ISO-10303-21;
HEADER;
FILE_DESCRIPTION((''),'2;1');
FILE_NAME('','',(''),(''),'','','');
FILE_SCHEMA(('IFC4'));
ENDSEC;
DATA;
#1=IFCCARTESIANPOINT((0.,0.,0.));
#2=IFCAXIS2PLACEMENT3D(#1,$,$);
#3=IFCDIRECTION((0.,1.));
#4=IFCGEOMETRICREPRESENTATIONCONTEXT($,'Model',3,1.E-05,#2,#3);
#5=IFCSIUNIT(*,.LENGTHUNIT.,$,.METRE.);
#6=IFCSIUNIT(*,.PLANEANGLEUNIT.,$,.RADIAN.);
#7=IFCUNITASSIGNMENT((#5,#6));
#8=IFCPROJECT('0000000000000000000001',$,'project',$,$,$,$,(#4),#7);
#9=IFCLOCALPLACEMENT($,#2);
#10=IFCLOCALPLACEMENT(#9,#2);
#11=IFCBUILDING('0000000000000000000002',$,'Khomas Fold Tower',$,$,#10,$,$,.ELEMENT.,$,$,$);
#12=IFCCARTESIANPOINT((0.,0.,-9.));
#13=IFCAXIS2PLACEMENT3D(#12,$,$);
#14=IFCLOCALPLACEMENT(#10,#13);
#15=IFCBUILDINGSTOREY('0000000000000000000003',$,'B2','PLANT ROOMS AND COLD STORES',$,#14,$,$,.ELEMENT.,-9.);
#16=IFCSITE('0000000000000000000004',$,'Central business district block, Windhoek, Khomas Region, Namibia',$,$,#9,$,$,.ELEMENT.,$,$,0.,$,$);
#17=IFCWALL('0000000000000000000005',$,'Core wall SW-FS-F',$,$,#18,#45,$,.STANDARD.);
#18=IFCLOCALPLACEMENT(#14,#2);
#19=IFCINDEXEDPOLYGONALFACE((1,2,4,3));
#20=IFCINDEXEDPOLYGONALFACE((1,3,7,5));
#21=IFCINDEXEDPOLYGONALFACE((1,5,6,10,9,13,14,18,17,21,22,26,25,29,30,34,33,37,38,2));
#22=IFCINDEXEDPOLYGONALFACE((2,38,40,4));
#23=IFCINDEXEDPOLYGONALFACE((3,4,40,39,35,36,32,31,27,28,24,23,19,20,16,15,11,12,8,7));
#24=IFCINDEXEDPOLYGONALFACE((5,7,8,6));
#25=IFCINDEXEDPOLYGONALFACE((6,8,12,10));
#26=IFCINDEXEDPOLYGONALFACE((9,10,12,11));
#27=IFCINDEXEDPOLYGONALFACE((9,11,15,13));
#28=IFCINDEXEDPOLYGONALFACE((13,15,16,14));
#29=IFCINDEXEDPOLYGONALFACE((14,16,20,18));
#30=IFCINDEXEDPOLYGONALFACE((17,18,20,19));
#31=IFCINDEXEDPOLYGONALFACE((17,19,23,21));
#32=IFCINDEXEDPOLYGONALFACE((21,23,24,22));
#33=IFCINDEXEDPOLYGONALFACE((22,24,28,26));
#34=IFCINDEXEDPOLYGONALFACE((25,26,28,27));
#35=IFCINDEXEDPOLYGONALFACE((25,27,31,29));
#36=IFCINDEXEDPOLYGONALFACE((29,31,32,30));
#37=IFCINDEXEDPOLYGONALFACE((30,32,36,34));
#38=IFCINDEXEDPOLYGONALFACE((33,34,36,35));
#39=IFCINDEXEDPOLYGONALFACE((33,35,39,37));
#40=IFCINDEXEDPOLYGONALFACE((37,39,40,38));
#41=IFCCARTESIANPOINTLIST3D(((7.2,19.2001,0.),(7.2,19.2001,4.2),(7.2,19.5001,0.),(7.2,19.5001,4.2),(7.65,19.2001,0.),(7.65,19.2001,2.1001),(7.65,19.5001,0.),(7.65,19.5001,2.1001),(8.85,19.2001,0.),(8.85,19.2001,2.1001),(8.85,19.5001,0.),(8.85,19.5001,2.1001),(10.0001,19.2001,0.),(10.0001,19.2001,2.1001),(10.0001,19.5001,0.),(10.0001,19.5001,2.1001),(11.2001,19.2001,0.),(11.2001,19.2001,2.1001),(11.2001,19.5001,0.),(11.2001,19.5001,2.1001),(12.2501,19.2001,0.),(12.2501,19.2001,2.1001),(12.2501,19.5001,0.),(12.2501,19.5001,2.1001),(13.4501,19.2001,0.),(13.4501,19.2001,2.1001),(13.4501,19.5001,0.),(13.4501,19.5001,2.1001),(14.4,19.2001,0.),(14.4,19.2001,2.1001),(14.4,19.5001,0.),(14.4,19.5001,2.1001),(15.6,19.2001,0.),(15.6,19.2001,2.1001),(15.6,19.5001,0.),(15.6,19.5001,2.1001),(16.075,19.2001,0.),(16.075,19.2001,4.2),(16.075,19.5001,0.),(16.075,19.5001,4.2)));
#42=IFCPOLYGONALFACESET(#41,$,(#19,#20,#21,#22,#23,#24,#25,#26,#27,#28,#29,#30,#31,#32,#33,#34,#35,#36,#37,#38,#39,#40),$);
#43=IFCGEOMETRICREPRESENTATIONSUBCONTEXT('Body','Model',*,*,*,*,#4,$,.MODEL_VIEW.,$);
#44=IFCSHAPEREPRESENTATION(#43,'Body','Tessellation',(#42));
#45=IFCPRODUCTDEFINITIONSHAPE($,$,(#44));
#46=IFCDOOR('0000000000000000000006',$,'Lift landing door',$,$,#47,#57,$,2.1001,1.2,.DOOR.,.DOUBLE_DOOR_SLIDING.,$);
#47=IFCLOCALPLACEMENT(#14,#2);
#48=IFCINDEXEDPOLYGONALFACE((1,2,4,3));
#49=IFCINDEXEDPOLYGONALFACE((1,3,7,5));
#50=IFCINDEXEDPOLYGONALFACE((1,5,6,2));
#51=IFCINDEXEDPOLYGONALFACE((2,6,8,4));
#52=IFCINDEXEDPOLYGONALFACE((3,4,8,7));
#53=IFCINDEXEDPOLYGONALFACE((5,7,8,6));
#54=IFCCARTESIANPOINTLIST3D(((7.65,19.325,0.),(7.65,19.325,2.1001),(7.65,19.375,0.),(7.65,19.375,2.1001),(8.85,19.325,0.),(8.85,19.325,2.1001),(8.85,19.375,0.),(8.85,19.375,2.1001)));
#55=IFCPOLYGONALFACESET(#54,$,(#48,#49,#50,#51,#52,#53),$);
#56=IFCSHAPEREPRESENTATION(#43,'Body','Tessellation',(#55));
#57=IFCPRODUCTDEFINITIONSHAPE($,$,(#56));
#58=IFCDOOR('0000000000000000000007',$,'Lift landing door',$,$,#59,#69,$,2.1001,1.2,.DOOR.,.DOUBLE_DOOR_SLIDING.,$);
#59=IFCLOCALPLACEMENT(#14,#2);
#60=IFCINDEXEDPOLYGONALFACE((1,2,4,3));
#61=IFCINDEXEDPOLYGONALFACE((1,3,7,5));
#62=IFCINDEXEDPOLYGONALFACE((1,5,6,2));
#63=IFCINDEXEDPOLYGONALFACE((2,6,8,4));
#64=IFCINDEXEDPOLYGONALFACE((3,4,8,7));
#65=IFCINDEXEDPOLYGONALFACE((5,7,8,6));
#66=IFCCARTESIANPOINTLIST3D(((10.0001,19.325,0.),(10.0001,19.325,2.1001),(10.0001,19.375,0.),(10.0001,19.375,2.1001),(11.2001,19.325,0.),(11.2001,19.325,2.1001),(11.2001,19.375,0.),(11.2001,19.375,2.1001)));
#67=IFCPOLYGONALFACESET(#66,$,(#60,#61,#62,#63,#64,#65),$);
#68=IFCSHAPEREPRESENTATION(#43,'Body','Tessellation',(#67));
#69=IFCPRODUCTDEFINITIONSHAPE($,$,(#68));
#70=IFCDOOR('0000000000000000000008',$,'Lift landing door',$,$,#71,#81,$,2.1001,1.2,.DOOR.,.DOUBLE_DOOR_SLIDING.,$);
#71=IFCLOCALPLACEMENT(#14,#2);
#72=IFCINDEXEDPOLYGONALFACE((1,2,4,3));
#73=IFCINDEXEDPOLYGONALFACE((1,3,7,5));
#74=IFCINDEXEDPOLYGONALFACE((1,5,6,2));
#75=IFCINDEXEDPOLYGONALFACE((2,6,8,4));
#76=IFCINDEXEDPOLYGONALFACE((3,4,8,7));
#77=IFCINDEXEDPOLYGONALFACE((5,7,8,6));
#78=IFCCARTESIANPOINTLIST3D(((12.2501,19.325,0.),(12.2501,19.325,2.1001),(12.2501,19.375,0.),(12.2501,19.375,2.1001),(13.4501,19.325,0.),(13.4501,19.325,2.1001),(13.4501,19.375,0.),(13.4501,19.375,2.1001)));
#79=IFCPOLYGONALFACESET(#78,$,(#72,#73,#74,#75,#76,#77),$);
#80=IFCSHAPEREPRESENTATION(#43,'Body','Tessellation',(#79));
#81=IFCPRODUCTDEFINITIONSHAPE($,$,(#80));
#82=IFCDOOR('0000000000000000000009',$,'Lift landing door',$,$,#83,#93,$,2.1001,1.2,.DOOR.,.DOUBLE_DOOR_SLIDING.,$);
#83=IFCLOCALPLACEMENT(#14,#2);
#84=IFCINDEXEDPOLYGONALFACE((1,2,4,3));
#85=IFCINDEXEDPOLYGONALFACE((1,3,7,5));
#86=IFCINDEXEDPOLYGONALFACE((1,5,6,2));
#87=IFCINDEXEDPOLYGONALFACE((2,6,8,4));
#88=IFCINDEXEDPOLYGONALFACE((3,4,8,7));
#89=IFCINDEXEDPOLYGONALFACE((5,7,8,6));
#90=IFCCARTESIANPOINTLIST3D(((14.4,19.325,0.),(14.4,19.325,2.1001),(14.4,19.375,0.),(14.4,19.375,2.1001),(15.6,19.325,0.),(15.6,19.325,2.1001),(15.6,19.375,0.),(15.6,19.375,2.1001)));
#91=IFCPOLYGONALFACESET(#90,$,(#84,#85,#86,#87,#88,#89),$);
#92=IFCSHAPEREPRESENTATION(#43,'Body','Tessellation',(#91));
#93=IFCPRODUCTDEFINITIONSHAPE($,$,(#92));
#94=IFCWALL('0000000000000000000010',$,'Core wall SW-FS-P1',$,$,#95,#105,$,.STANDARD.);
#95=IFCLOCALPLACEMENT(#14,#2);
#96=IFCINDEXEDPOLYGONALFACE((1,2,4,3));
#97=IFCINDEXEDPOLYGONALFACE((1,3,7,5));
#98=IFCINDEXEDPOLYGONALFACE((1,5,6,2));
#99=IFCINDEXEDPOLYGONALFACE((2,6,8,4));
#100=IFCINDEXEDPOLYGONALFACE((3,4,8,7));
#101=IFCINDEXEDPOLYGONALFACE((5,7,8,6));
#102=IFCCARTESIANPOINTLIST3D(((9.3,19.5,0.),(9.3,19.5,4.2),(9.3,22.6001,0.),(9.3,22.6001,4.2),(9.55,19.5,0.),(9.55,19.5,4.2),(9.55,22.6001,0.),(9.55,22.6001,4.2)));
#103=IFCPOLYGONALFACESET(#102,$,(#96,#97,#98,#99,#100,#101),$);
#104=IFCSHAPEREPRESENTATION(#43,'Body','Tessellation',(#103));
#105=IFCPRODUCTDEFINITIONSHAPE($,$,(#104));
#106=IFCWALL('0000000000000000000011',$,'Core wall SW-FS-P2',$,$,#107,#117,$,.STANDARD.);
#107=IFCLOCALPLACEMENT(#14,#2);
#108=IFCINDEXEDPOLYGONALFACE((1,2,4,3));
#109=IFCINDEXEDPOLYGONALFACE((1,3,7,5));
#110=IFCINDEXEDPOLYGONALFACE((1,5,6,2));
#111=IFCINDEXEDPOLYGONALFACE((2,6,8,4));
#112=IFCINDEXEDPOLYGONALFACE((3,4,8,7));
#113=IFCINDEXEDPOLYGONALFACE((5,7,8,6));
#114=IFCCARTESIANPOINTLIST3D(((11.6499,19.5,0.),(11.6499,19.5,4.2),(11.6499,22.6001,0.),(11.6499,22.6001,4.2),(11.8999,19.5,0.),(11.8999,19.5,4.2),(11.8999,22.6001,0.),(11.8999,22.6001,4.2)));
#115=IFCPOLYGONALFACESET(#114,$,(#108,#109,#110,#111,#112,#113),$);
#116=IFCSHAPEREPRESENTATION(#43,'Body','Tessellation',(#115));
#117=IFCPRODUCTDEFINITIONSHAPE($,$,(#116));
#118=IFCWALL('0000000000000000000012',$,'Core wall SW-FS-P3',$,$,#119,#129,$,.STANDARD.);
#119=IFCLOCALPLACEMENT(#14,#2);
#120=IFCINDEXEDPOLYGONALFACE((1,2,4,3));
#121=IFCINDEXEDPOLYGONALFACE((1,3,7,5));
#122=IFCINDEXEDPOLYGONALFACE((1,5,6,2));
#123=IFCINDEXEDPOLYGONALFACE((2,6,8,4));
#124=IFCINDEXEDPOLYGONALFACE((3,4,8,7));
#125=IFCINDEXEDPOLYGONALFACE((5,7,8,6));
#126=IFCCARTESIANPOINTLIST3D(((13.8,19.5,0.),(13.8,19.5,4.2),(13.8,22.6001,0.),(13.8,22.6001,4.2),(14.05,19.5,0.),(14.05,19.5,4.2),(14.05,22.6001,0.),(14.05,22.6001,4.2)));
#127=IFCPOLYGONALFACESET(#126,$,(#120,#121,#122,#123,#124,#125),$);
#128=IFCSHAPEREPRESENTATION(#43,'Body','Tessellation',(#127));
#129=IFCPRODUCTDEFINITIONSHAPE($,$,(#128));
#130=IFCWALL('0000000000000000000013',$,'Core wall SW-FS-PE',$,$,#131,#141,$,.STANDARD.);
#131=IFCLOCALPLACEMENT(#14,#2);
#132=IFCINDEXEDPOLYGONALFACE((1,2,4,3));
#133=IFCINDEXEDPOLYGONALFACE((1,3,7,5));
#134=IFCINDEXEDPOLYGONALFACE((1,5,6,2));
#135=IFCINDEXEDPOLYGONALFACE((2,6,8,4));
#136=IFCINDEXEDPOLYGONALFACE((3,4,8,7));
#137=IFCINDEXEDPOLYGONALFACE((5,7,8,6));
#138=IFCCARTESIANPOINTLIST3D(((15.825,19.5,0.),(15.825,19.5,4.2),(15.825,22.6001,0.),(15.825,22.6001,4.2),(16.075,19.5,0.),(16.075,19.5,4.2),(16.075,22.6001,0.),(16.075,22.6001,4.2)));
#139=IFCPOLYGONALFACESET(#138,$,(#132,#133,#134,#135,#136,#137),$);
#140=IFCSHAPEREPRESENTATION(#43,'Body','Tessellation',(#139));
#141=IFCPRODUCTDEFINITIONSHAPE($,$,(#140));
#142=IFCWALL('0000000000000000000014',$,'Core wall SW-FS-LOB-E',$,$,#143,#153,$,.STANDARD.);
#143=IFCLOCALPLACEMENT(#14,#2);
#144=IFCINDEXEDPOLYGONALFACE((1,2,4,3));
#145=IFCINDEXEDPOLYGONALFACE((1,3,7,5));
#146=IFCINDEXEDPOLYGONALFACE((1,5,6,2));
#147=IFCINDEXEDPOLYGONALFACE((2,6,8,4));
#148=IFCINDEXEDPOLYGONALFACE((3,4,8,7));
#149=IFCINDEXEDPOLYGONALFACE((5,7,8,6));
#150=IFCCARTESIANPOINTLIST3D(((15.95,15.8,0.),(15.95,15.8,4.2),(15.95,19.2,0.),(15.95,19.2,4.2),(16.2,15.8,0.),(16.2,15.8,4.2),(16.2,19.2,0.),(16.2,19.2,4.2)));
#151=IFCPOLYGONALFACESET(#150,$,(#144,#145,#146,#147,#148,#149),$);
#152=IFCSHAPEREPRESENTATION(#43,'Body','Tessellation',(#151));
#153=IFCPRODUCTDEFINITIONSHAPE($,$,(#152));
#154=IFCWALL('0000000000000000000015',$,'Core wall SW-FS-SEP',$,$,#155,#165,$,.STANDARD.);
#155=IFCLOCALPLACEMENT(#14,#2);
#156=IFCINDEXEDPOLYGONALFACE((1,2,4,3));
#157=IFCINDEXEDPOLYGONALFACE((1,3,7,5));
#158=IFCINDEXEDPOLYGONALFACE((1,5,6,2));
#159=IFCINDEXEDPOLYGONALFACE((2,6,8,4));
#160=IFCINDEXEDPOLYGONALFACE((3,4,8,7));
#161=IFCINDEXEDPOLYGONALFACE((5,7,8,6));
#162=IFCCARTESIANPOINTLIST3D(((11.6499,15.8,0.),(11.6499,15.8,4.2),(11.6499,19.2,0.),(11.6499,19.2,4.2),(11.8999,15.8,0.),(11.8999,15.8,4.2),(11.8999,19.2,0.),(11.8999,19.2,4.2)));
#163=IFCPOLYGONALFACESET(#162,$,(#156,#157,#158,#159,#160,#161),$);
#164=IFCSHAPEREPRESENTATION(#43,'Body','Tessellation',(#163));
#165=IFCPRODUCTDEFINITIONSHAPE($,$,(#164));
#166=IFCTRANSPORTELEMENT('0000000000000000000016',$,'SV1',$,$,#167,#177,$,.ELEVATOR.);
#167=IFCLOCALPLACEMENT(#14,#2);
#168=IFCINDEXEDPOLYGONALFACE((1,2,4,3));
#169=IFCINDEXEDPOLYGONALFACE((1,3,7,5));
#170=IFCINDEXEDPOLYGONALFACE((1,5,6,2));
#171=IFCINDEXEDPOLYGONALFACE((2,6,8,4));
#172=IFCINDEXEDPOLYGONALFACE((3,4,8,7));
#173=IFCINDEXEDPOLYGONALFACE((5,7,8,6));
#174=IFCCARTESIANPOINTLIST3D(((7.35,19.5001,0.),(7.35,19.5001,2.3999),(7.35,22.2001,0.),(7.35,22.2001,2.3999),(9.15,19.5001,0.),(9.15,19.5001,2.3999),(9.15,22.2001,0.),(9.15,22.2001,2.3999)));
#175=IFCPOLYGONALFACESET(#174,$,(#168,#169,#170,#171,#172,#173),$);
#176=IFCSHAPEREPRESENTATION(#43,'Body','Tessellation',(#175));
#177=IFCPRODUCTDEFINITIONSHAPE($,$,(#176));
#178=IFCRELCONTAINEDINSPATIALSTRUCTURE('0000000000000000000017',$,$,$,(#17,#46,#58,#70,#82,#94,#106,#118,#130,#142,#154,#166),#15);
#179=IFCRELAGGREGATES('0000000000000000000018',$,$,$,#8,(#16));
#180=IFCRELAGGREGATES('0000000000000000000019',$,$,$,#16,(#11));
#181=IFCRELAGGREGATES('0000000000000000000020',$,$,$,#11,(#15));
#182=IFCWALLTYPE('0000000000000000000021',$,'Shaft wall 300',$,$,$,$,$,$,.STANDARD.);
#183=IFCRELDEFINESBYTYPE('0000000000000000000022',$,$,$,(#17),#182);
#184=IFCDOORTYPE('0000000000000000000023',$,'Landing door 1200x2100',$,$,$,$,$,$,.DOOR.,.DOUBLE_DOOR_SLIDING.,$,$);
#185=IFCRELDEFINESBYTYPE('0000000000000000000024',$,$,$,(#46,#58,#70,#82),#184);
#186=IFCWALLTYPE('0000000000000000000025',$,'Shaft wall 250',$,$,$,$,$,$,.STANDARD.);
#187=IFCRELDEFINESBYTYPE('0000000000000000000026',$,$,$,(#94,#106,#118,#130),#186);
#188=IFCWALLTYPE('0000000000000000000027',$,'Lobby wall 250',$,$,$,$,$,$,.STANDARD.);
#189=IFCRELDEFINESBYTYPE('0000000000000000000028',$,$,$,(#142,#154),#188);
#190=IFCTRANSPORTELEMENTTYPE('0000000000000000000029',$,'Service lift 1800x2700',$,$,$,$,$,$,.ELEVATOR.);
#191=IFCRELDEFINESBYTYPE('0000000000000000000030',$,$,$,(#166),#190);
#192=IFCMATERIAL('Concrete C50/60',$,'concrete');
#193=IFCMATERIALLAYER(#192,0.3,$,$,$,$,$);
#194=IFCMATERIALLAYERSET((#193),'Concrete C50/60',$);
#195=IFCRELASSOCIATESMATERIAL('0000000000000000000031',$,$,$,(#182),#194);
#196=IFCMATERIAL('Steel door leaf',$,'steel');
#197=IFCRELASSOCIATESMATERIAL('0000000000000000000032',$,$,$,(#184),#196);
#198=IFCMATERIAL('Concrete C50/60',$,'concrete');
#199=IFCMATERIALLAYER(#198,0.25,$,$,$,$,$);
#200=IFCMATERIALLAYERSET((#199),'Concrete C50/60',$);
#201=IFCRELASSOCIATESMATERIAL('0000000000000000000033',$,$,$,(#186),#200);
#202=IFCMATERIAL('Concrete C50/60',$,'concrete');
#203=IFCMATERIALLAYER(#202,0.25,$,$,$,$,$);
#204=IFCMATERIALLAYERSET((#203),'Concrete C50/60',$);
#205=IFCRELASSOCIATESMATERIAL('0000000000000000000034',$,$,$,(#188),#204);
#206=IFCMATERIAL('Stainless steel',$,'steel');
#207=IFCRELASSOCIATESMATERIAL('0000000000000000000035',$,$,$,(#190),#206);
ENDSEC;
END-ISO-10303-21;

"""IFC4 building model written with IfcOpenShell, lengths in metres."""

from ifc_helpers import new_model, si_unit, direction, frame, frame_2d, origin, origin_2d, place, context, subcontext, project, spatial, rectangle, extrude, source, transform, mapped, material, layer, layer_set, type_object, element, fill, save


model = new_model("IFC4")

# Units and contexts
model_context = context("Model", 3, precision=1e-05, world=origin(), true_north=direction((0.0, 1.0)))
body_context = subcontext(model_context, "Body", "Model", "MODEL_VIEW")
ifc_project = project(units=[si_unit("LENGTHUNIT", "METRE"), si_unit("PLANEANGLEUNIT", "RADIAN")], contexts=[model_context])

# Site, building, storey
site_placement = place(None, origin())
site = spatial("IfcSite", under=ifc_project, at=site_placement, Name="Central business district block, Windhoek, Khomas Region, Namibia", CompositionType="ELEMENT", RefElevation=0.0)
building_placement = place(site_placement, origin())
building = spatial("IfcBuilding", under=site, at=building_placement, Name="Khomas Fold Tower", CompositionType="ELEMENT")
storey_placement = place(building_placement, frame((0.0, 0.0, -9.0)))
storey = spatial("IfcBuildingStorey", under=building, at=storey_placement, Name="B2", Description="PLANT ROOMS AND COLD STORES", CompositionType="ELEMENT", Elevation=-9.0)

# Wall, openings, doors
ifc_material_1 = material(Name="Concrete C50/60", Category="concrete")
ifc_layer_1 = layer(ifc_material_1, 0.3)
ifc_layer_set_1 = layer_set([ifc_layer_1], Name="Concrete C50/60")
wall_type_1 = type_object("IfcWallType", Name="Shaft wall 300", PredefinedType="STANDARD", material=ifc_layer_set_1)
shared_shape_1 = source(origin(), body_context, "Body", "SweptSolid", [
    extrude(rectangle(XDim=8.875, YDim=0.3, at=frame_2d((4.4375, 0.0))), origin(), (0.0, 0.0, 1.0), 4.2),
])
wall_placement = place(storey_placement, frame((7.2, 19.3501, 0.0), z_axis=(0.0, 0.0, 1.0), x_axis=(1.0, 0.0, 0.0)))
wall = element("IfcWall", 1, at=wall_placement, inside=storey, type_object=wall_type_1, Name="Core wall SW-FS-F", PredefinedType="STANDARD", context=body_context, shape_type="MappedRepresentation", body=[
    mapped(shared_shape_1, transform((0.0, 0.0, 0.0))),
])
shared_shape_2 = source(origin(), body_context, "Body", "SweptSolid", [
    extrude(rectangle(XDim=1.2, YDim=2.1001, at=frame_2d((0.6001, 1.05))), frame((0.0, 0.1599, 0.0), z_axis=(0.0, -1.0, 0.0), x_axis=(1.0, 0.0, 0.0)), (0.0, 0.0, 1.0), 0.3201),
])
opening_1_placement = place(wall_placement, frame((0.45, 0.0, 0.0)))
opening_1 = element("IfcOpeningElement", 2, at=opening_1_placement, cuts=wall, PredefinedType="OPENING", context=body_context, shape_type="MappedRepresentation", body=[
    mapped(shared_shape_2, transform((0.0, 0.0, 0.0))),
])
opening_2_placement = place(wall_placement, frame((2.8, 0.0, 0.0)))
opening_2 = element("IfcOpeningElement", 3, at=opening_2_placement, cuts=wall, PredefinedType="OPENING", context=body_context, shape_type="MappedRepresentation", body=[
    mapped(shared_shape_2, transform((0.0, 0.0, 0.0))),
])
opening_3_placement = place(wall_placement, frame((5.05, 0.0, 0.0)))
opening_3 = element("IfcOpeningElement", 4, at=opening_3_placement, cuts=wall, PredefinedType="OPENING", context=body_context, shape_type="MappedRepresentation", body=[
    mapped(shared_shape_2, transform((0.0, 0.0, 0.0))),
])
opening_4_placement = place(wall_placement, frame((7.2, 0.0, 0.0)))
opening_4 = element("IfcOpeningElement", 5, at=opening_4_placement, cuts=wall, PredefinedType="OPENING", context=body_context, shape_type="MappedRepresentation", body=[
    mapped(shared_shape_2, transform((0.0, 0.0, 0.0))),
])
ifc_material_2 = material(Name="Steel door leaf", Category="steel")
door_type = type_object("IfcDoorType", Name="Landing door 1200x2100", OperationType="DOUBLE_DOOR_SLIDING", PredefinedType="DOOR", material=ifc_material_2)
shared_shape_3 = source(origin(), body_context, "Body", "SweptSolid", [
    extrude(rectangle(XDim=1.2, YDim=2.1001, at=frame_2d((0.6001, 1.05))), frame((0.0, 0.0249, 0.0), z_axis=(0.0, -1.0, 0.0), x_axis=(1.0, 0.0, 0.0)), (0.0, 0.0, 1.0), 0.05),
])
door_1_placement = place(opening_1_placement, origin())
door_1 = element("IfcDoor", 6, at=door_1_placement, inside=storey, type_object=door_type, Name="Lift landing door", OperationType="DOUBLE_DOOR_SLIDING", OverallHeight=2.1001, OverallWidth=1.2, PredefinedType="DOOR", context=body_context, shape_type="MappedRepresentation", body=[
    mapped(shared_shape_3, transform((0.0, 0.0, 0.0))),
])
fill(opening_1, door_1)
door_2_placement = place(opening_2_placement, origin())
door_2 = element("IfcDoor", 7, at=door_2_placement, inside=storey, type_object=door_type, Name="Lift landing door", OperationType="DOUBLE_DOOR_SLIDING", OverallHeight=2.1001, OverallWidth=1.2, PredefinedType="DOOR", context=body_context, shape_type="MappedRepresentation", body=[
    mapped(shared_shape_3, transform((0.0, 0.0, 0.0))),
])
fill(opening_2, door_2)
door_3_placement = place(opening_3_placement, origin())
door_3 = element("IfcDoor", 8, at=door_3_placement, inside=storey, type_object=door_type, Name="Lift landing door", OperationType="DOUBLE_DOOR_SLIDING", OverallHeight=2.1001, OverallWidth=1.2, PredefinedType="DOOR", context=body_context, shape_type="MappedRepresentation", body=[
    mapped(shared_shape_3, transform((0.0, 0.0, 0.0))),
])
fill(opening_3, door_3)
door_4_placement = place(opening_4_placement, origin())
door_4 = element("IfcDoor", 9, at=door_4_placement, inside=storey, type_object=door_type, Name="Lift landing door", OperationType="DOUBLE_DOOR_SLIDING", OverallHeight=2.1001, OverallWidth=1.2, PredefinedType="DOOR", context=body_context, shape_type="MappedRepresentation", body=[
    mapped(shared_shape_3, transform((0.0, 0.0, 0.0))),
])
fill(opening_4, door_4)

# Walls
ifc_material_3 = material(Name="Concrete C50/60", Category="concrete")
ifc_layer_2 = layer(ifc_material_3, 0.25)
ifc_layer_set_2 = layer_set([ifc_layer_2], Name="Concrete C50/60")
wall_type_2 = type_object("IfcWallType", Name="Shaft wall 250", PredefinedType="STANDARD", material=ifc_layer_set_2)
shared_shape_4 = source(origin(), body_context, "Body", "SweptSolid", [
    extrude(rectangle(XDim=3.1001, YDim=0.25, at=frame_2d((1.55, 0.0))), origin(), (0.0, 0.0, 1.0), 4.2),
])
for number, where, z_axis, x_axis, name in (
    (10, (9.425, 19.5, 0.0), (0.0, 0.0, 1.0), (0.0, 1.0, 0.0), "Core wall SW-FS-P1"),
    (11, (11.7749, 19.5, 0.0), (0.0, 0.0, 1.0), (0.0, 1.0, 0.0), "Core wall SW-FS-P2"),
    (12, (13.925, 19.5, 0.0), (0.0, 0.0, 1.0), (0.0, 1.0, 0.0), "Core wall SW-FS-P3"),
    (13, (15.95, 19.5, 0.0), (0.0, 0.0, 1.0), (0.0, 1.0, 0.0), "Core wall SW-FS-PE"),
):
    element("IfcWall", number, at=place(storey_placement, frame(where, z_axis=z_axis, x_axis=x_axis)), inside=storey, type_object=wall_type_2, Name=name, PredefinedType="STANDARD", context=body_context, shape_type="MappedRepresentation", body=[
        mapped(shared_shape_4, transform((0.0, 0.0, 0.0))),
    ])
ifc_material_4 = material(Name="Concrete C50/60", Category="concrete")
ifc_layer_3 = layer(ifc_material_4, 0.25)
ifc_layer_set_3 = layer_set([ifc_layer_3], Name="Concrete C50/60")
wall_type_3 = type_object("IfcWallType", Name="Lobby wall 250", PredefinedType="STANDARD", material=ifc_layer_set_3)
shared_shape_5 = source(origin(), body_context, "Body", "SweptSolid", [
    extrude(rectangle(XDim=3.3999, YDim=0.25, at=frame_2d((1.7, 0.0))), origin(), (0.0, 0.0, 1.0), 4.2),
])
for number, where, z_axis, x_axis, name in (
    (14, (16.075, 15.8, 0.0), (0.0, 0.0, 1.0), (0.0, 1.0, 0.0), "Core wall SW-FS-LOB-E"),
    (15, (11.7749, 15.8, 0.0), (0.0, 0.0, 1.0), (0.0, 1.0, 0.0), "Core wall SW-FS-SEP"),
):
    element("IfcWall", number, at=place(storey_placement, frame(where, z_axis=z_axis, x_axis=x_axis)), inside=storey, type_object=wall_type_3, Name=name, PredefinedType="STANDARD", context=body_context, shape_type="MappedRepresentation", body=[
        mapped(shared_shape_5, transform((0.0, 0.0, 0.0))),
    ])

# Transport element
ifc_material_5 = material(Name="Stainless steel", Category="steel")
transport_element_type_1 = type_object("IfcTransportElementType", Name="Service lift 1800x2700", PredefinedType="ELEVATOR", material=ifc_material_5)
shared_shape_6 = source(origin(), body_context, "Body", "SweptSolid", [
    extrude(rectangle(XDim=1.8, YDim=2.7, at=origin_2d()), origin(), (0.0, 0.0, 1.0), 2.3999),
])
for number, where, z_axis, x_axis, name in (
    (16, (8.25, 20.8501, 0.0), (0.0, 0.0, 1.0), (1.0, 0.0, 0.0), "SV1"),
):
    element("IfcTransportElement", number, at=place(storey_placement, frame(where, z_axis=z_axis, x_axis=x_axis)), inside=storey, type_object=transport_element_type_1, Name=name, PredefinedType="ELEVATOR", context=body_context, shape_type="MappedRepresentation", body=[
        mapped(shared_shape_6, transform((0.0, 0.0, 0.0))),
    ])

save(model, "model.ifc")
